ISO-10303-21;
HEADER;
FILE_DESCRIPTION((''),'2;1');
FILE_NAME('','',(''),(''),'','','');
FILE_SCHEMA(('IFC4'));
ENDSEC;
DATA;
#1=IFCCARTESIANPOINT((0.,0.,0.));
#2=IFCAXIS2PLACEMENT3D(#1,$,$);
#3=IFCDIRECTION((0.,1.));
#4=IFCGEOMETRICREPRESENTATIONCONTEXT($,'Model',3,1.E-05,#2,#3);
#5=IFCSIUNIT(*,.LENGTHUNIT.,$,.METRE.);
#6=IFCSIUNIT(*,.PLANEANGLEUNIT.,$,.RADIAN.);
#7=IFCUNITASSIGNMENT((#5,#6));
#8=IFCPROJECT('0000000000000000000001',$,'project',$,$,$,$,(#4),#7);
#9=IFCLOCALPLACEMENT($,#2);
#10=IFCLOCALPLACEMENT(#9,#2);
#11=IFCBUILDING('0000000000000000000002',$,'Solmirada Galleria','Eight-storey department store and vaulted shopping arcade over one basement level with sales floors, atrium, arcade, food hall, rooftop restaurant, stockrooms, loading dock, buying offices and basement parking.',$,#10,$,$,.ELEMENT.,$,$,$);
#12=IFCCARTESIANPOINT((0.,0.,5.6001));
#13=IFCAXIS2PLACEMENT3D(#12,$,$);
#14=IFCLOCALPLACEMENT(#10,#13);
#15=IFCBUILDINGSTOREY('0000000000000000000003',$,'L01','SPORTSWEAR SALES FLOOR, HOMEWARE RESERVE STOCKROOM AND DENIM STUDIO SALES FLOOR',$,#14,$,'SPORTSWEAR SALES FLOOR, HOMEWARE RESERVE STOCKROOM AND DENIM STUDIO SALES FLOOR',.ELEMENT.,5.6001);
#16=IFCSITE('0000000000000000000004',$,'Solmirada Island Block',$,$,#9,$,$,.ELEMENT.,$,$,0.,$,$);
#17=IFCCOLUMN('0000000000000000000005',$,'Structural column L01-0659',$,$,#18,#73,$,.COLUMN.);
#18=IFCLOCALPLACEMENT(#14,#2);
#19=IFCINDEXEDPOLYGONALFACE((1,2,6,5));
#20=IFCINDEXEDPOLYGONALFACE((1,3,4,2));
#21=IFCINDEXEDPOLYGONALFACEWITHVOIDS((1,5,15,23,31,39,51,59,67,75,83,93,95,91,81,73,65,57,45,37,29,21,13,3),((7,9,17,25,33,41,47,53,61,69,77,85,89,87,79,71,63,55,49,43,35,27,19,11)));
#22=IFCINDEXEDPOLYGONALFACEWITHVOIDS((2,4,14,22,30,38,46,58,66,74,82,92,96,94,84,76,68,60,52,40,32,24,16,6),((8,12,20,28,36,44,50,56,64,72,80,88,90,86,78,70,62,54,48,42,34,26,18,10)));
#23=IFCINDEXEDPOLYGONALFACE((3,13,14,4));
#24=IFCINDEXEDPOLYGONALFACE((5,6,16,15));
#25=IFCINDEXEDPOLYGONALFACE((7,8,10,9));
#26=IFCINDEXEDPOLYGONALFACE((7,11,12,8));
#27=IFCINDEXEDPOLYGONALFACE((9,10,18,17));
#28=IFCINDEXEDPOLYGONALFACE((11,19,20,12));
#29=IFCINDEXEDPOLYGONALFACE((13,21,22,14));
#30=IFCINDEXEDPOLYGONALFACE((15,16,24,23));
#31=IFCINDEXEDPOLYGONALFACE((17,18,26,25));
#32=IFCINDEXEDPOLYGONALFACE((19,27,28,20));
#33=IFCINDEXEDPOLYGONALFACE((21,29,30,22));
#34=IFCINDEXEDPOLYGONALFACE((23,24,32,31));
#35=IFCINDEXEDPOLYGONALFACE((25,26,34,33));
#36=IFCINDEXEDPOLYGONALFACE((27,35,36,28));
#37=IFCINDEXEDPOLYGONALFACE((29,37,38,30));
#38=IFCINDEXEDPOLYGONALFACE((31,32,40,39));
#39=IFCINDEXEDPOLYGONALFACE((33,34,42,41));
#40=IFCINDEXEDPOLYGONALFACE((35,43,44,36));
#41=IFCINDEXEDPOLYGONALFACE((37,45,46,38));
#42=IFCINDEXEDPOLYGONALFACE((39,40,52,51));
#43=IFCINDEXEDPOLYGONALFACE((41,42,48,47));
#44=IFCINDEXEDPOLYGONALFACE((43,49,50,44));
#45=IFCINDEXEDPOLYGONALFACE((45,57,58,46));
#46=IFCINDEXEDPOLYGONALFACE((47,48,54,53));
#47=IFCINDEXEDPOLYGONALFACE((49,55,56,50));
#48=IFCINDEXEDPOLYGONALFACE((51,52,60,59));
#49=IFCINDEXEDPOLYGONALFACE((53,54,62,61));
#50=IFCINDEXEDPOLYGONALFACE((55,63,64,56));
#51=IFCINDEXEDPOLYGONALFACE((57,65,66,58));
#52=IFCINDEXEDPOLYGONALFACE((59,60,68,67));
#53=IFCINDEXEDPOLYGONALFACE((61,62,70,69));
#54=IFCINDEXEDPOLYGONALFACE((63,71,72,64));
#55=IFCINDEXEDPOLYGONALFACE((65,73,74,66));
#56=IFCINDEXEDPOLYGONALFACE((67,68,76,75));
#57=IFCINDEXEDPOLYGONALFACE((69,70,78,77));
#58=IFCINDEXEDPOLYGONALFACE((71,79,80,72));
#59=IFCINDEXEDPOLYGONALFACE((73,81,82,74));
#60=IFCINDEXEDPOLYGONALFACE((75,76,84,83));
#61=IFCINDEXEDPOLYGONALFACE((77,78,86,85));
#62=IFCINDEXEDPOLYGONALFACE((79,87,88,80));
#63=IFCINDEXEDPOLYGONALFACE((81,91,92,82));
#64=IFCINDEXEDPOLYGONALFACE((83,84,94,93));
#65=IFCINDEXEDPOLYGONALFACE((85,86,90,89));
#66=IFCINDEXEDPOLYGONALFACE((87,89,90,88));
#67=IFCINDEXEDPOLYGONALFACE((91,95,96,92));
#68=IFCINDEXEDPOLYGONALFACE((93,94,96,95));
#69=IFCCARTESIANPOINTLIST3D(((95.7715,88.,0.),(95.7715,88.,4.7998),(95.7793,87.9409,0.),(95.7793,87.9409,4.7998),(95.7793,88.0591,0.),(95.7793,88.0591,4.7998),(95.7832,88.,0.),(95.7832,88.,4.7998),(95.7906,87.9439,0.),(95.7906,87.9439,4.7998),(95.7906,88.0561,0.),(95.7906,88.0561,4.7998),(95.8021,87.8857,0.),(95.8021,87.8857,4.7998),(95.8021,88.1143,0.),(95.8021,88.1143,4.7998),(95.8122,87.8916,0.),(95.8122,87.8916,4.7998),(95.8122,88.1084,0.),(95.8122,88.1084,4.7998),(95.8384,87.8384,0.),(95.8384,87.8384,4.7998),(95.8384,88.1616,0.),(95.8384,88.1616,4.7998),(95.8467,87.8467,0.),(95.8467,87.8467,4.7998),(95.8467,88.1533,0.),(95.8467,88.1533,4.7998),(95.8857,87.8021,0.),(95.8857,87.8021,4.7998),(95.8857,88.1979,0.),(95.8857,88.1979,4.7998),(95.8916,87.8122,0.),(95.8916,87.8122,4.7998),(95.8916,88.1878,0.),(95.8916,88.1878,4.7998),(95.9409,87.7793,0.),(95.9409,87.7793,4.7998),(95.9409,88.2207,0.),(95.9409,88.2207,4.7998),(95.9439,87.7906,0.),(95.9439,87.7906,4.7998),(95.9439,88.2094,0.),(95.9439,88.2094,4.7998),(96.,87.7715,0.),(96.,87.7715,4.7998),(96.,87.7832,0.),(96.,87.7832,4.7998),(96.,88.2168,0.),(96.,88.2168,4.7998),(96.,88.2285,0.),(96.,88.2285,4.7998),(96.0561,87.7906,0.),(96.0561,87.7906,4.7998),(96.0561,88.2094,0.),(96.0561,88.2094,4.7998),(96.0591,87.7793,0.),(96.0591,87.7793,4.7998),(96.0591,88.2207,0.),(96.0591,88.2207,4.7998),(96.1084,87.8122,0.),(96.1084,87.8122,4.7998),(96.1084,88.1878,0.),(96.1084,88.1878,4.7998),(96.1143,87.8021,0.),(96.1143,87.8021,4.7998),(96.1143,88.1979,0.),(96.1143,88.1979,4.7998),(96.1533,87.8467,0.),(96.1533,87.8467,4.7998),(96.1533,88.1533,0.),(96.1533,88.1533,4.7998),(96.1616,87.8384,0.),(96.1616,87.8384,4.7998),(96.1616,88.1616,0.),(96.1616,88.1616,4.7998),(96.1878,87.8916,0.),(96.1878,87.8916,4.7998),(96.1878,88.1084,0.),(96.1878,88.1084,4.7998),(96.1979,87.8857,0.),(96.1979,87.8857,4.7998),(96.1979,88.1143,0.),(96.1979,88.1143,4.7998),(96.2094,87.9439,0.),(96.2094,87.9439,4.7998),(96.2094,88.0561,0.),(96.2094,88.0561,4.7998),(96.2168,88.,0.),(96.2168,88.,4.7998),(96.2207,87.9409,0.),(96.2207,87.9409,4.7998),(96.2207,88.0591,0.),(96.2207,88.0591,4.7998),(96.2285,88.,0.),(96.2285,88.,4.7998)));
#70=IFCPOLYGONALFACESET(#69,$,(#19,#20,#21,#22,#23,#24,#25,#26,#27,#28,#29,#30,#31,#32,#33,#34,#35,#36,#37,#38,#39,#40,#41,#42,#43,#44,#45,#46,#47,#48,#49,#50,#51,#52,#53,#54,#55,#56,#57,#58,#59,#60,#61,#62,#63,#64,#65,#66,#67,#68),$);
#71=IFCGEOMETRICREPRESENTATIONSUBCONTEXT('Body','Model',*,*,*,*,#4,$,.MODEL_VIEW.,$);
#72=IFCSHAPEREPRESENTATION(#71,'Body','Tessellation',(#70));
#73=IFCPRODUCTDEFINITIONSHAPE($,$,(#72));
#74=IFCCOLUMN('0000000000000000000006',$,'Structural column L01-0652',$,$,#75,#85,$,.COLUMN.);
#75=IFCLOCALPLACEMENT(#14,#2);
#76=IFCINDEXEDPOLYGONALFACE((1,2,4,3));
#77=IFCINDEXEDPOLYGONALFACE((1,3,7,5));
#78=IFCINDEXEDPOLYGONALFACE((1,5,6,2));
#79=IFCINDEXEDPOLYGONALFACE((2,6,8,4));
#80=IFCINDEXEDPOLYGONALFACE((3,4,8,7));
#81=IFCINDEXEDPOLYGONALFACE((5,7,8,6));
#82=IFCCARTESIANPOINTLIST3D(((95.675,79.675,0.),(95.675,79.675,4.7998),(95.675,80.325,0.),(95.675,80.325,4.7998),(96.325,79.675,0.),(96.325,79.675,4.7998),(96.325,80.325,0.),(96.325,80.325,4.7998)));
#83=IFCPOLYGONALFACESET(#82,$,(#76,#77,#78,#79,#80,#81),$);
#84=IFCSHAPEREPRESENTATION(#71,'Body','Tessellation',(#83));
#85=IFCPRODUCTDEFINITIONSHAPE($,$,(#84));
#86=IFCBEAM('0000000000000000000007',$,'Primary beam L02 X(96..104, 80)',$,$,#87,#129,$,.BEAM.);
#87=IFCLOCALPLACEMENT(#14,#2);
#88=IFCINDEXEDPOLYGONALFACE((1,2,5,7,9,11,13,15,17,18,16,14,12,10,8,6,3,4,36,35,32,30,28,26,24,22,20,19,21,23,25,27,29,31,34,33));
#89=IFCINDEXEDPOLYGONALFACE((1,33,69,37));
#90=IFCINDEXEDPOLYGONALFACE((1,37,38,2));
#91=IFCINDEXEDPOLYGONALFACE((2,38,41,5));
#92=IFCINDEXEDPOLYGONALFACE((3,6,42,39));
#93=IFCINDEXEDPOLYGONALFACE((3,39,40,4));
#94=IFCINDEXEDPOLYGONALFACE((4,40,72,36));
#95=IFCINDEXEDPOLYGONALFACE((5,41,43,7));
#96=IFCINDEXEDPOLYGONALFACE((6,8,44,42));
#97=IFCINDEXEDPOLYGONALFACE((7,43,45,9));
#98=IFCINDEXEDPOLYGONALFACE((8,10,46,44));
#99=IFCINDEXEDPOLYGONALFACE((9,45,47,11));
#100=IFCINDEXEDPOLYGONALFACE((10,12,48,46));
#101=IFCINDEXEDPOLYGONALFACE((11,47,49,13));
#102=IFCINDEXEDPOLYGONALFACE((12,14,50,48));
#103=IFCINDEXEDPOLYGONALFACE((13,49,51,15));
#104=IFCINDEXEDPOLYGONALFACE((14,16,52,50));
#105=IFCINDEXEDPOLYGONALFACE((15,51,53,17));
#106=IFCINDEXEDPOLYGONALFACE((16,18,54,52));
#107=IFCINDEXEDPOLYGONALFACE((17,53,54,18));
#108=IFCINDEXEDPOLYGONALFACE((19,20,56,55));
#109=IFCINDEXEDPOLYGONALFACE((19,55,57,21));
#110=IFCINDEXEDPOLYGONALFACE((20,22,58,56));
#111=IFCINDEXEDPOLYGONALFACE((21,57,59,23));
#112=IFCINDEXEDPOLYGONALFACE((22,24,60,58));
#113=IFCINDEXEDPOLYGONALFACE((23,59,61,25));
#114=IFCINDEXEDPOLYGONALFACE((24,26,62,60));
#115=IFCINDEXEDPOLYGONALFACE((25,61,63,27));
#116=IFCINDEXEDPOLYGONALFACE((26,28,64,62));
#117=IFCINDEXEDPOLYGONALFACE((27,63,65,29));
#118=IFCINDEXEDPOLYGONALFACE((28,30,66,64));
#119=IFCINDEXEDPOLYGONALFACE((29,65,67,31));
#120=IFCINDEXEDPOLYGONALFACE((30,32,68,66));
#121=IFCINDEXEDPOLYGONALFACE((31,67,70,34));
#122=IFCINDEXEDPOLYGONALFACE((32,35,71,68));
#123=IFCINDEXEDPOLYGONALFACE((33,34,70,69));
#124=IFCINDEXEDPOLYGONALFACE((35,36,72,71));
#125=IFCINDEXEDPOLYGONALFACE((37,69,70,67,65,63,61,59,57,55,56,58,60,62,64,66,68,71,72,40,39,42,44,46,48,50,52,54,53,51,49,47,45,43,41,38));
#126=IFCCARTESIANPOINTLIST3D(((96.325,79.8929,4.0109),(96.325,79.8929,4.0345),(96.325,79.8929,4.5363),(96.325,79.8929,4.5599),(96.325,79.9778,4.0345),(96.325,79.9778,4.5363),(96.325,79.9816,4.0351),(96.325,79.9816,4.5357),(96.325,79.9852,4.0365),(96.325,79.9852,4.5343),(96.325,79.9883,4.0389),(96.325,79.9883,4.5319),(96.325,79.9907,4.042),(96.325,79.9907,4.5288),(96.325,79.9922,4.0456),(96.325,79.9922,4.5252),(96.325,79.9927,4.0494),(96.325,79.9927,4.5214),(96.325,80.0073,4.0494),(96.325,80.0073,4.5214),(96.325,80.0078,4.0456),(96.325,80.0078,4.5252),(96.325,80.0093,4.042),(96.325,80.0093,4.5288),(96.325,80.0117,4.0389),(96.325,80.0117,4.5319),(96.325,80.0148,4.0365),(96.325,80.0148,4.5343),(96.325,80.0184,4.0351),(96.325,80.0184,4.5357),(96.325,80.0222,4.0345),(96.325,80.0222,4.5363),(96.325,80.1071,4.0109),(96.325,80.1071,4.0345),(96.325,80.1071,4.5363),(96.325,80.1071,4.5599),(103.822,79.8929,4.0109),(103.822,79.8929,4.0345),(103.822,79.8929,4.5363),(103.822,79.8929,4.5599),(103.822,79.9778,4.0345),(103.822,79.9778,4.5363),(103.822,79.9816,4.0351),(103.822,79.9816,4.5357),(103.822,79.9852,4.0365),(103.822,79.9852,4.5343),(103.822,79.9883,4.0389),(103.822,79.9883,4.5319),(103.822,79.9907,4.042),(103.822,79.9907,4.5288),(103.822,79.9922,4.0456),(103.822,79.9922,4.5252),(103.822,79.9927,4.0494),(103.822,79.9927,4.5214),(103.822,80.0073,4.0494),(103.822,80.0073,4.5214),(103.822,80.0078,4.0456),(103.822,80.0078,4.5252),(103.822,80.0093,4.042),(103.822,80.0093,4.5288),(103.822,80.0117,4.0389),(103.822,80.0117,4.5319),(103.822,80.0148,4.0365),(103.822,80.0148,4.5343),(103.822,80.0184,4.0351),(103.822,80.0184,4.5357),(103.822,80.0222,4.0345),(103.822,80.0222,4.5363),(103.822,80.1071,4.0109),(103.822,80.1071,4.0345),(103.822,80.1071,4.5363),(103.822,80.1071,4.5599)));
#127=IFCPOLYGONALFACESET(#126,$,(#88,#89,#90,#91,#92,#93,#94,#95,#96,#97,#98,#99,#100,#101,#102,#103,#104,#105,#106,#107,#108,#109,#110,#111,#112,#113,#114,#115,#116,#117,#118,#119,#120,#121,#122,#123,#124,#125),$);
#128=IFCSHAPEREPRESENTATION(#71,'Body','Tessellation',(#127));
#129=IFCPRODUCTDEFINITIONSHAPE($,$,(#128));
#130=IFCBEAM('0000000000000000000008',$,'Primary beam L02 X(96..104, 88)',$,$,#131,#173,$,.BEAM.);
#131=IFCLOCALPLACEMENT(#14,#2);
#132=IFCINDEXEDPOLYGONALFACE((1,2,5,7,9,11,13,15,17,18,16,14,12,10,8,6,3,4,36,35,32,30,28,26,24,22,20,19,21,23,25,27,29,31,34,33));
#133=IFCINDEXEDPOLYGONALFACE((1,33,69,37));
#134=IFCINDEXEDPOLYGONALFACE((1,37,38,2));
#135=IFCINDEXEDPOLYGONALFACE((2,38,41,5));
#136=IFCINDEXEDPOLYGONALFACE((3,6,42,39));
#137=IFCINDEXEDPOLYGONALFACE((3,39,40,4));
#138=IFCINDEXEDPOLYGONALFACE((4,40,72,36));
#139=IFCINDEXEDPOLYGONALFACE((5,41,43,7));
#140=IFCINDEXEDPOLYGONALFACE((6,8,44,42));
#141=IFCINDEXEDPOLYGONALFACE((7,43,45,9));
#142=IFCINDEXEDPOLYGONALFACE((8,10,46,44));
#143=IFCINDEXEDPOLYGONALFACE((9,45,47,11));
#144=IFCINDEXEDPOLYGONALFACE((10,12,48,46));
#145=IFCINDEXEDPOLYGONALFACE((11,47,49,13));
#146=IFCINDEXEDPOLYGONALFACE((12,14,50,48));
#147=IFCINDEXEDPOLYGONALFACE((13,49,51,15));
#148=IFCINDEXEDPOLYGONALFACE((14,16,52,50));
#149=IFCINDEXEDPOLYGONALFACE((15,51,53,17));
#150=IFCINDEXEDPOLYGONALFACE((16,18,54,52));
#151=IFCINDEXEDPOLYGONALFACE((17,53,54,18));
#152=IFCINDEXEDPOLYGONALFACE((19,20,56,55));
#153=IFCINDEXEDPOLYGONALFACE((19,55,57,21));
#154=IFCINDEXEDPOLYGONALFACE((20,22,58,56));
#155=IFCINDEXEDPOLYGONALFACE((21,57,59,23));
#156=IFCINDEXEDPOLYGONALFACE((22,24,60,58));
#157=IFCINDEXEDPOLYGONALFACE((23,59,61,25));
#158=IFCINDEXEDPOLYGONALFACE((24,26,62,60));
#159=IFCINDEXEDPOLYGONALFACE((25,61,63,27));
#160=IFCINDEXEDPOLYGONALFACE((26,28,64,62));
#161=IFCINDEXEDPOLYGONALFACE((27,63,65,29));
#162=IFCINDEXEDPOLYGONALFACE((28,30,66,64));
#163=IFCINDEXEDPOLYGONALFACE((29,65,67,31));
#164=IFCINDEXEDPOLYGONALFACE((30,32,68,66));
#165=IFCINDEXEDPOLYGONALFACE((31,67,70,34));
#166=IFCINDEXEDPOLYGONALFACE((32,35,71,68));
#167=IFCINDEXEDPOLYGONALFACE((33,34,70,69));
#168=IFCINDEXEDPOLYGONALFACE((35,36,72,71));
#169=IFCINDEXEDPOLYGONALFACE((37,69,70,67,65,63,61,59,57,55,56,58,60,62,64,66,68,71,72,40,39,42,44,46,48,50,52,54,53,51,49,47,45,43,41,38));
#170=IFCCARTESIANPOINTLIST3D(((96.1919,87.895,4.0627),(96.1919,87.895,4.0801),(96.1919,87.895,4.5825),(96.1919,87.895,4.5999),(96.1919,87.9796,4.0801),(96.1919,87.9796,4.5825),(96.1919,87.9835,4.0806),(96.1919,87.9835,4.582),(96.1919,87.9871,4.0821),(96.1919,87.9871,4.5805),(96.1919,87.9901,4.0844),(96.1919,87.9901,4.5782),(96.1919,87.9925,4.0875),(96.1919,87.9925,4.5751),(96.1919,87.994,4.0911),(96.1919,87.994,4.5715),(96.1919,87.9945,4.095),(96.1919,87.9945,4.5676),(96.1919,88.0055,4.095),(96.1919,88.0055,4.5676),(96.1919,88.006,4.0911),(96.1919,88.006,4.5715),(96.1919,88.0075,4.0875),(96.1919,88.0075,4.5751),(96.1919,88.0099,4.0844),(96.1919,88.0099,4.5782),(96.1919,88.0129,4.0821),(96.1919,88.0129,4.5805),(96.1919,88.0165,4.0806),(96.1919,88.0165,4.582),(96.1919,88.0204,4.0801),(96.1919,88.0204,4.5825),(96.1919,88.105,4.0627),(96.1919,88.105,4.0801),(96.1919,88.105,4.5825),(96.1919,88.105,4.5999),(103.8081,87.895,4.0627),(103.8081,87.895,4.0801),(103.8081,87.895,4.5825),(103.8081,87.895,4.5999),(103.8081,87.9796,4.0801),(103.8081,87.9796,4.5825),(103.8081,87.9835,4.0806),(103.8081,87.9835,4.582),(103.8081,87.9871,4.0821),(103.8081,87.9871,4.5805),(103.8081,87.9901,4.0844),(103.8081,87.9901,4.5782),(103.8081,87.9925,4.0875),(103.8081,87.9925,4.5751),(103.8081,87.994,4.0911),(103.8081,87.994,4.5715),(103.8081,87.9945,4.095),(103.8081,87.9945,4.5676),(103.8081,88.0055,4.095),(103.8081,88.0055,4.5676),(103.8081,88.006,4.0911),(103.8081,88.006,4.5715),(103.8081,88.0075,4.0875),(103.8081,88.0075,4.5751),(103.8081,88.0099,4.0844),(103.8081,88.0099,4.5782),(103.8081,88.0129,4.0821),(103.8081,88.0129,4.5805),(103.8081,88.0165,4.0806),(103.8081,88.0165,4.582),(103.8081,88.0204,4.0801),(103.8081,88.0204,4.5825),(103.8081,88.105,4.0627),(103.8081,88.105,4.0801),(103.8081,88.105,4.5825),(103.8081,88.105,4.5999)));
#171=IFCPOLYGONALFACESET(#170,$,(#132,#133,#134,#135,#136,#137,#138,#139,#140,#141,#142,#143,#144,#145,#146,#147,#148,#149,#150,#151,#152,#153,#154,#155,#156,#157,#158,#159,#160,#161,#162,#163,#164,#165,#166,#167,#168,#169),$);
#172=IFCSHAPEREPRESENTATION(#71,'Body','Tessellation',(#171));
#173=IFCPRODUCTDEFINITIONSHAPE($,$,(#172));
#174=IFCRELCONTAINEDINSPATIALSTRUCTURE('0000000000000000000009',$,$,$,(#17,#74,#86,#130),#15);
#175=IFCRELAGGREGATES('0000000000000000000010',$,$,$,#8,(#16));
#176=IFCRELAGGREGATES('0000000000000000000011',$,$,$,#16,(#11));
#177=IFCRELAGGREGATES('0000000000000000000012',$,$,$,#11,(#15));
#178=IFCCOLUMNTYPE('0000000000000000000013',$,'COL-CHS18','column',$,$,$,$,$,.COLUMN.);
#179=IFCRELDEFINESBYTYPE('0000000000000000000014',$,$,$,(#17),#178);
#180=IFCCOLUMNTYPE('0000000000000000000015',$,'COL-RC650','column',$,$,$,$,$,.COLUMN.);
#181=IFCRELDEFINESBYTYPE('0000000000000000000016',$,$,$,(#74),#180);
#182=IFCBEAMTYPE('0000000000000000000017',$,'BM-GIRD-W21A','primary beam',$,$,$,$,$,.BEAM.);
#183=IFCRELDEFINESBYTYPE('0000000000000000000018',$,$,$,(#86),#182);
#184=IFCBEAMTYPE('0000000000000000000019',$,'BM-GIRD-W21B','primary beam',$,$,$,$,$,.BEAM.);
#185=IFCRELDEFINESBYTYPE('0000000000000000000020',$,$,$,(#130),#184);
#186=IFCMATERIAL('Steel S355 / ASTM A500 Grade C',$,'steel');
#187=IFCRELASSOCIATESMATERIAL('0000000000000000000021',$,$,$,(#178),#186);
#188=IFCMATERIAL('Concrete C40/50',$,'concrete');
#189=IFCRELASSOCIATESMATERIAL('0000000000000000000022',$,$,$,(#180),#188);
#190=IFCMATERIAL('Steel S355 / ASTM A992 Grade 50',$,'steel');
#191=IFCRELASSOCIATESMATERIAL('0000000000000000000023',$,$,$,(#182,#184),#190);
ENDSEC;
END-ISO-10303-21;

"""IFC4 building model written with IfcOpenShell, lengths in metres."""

from ifc_helpers import new_model, si_unit, direction, frame, origin, origin_2d, place, context, subcontext, project, spatial, rectangle, hollow_circle, i_section, extrude, material, material_profile, profile_set, type_object, element, save


model = new_model("IFC4")

# Units and contexts
model_context = context("Model", 3, precision=1e-05, world=origin(), true_north=direction((0.0, 1.0)))
body_context = subcontext(model_context, "Body", "Model", "MODEL_VIEW")
ifc_project = project(units=[si_unit("LENGTHUNIT", "METRE"), si_unit("PLANEANGLEUNIT", "RADIAN")], contexts=[model_context])

# Site, building, storey
site_placement = place(None, origin())
site = spatial("IfcSite", under=ifc_project, at=site_placement, Name="Solmirada Island Block", CompositionType="ELEMENT", RefElevation=0.0)
building_placement = place(site_placement, origin())
building = spatial("IfcBuilding", under=site, at=building_placement, Name="Solmirada Galleria", Description="Eight-storey department store and vaulted shopping arcade over one basement level with sales floors, atrium, arcade, food hall, rooftop restaurant, stockrooms, loading dock, buying offices and basement parking.", CompositionType="ELEMENT")
storey_placement = place(building_placement, frame((0.0, 0.0, 5.6001)))
storey = spatial("IfcBuildingStorey", under=building, at=storey_placement, Name="L01", Description="SPORTSWEAR SALES FLOOR, HOMEWARE RESERVE STOCKROOM AND DENIM STUDIO SALES FLOOR", LongName="SPORTSWEAR SALES FLOOR, HOMEWARE RESERVE STOCKROOM AND DENIM STUDIO SALES FLOOR", CompositionType="ELEMENT", Elevation=5.6001)

# Columns
ifc_material_1 = material(Name="Steel S355 / ASTM A500 Grade C", Category="steel")
ifc_material_profile_1 = material_profile(ifc_material_1, hollow_circle(Radius=0.2285, WallThickness=0.0117, at=origin_2d()), Name="HSS18.000X0.500")
ifc_profile_set_1 = profile_set([ifc_material_profile_1], Name="Steel S355 / ASTM A500 Grade C")
column_type_1 = type_object("IfcColumnType", Name="COL-CHS18", Description="column", PredefinedType="COLUMN", material=ifc_profile_set_1)
column_1_placement = place(storey_placement, frame((96.0, 88.0, 0.0), z_axis=(0.0, 0.0, 1.0), x_axis=(1.0, 0.0, 0.0)))
element("IfcColumn", 1, at=column_1_placement, inside=storey, type_object=column_type_1, Name="Structural column L01-0659", PredefinedType="COLUMN", context=body_context, shape_type="SweptSolid", body=[
    extrude(hollow_circle(Radius=0.2285, WallThickness=0.0117, at=origin_2d()), origin(), (0.0, 0.0, 1.0), 4.7998),
])
ifc_material_2 = material(Name="Concrete C40/50", Category="concrete")
ifc_material_profile_2 = material_profile(ifc_material_2, rectangle(XDim=0.6499, YDim=0.6499, at=origin_2d()), Name="RC650X650")
ifc_profile_set_2 = profile_set([ifc_material_profile_2], Name="Concrete C40/50")
column_type_2 = type_object("IfcColumnType", Name="COL-RC650", Description="column", PredefinedType="COLUMN", material=ifc_profile_set_2)
column_2_placement = place(storey_placement, frame((96.0, 80.0, 0.0), z_axis=(0.0, 0.0, 1.0), x_axis=(1.0, 0.0, 0.0)))
element("IfcColumn", 2, at=column_2_placement, inside=storey, type_object=column_type_2, Name="Structural column L01-0652", PredefinedType="COLUMN", context=body_context, shape_type="SweptSolid", body=[
    extrude(rectangle(XDim=0.6499, YDim=0.6499, at=origin_2d()), origin(), (0.0, 0.0, 1.0), 4.7998),
])

# Beams
ifc_material_3 = material(Name="Steel S355 / ASTM A992 Grade 50", Category="steel")
ifc_material_profile_3 = material_profile(ifc_material_3, i_section(OverallWidth=0.2141, OverallDepth=0.5491, WebThickness=0.0146, FlangeThickness=0.0237, FilletRadius=0.0149, at=origin_2d()), Name="W21X93")
ifc_profile_set_3 = profile_set([ifc_material_profile_3], Name="Steel S355 / ASTM A992 Grade 50")
beam_type_1 = type_object("IfcBeamType", Name="BM-GIRD-W21A", Description="primary beam", PredefinedType="BEAM", material=ifc_profile_set_3)
beam_1_placement = place(storey_placement, frame((96.325, 80.0, 4.2854), z_axis=(1.0, 0.0, 0.0), x_axis=(0.0, 1.0, 0.0)))
element("IfcBeam", 3, at=beam_1_placement, inside=storey, type_object=beam_type_1, Name="Primary beam L02 X(96..104, 80)", PredefinedType="BEAM", context=body_context, shape_type="SweptSolid", body=[
    extrude(i_section(OverallWidth=0.2141, OverallDepth=0.5491, WebThickness=0.0146, FlangeThickness=0.0237, FilletRadius=0.0149, at=origin_2d()), origin(), (0.0, 0.0, 1.0), 7.4971),
])
ifc_material_profile_4 = material_profile(ifc_material_3, i_section(OverallWidth=0.21, OverallDepth=0.5371, WebThickness=0.011, FlangeThickness=0.0173, FilletRadius=0.0149, at=origin_2d()), Name="W21X68")
ifc_profile_set_4 = profile_set([ifc_material_profile_4], Name="Steel S355 / ASTM A992 Grade 50")
beam_type_2 = type_object("IfcBeamType", Name="BM-GIRD-W21B", Description="primary beam", PredefinedType="BEAM", material=ifc_profile_set_4)
beam_2_placement = place(storey_placement, frame((96.1919, 88.0, 4.3313), z_axis=(1.0, 0.0, 0.0), x_axis=(0.0, 1.0, 0.0)))
element("IfcBeam", 4, at=beam_2_placement, inside=storey, type_object=beam_type_2, Name="Primary beam L02 X(96..104, 88)", PredefinedType="BEAM", context=body_context, shape_type="SweptSolid", body=[
    extrude(i_section(OverallWidth=0.21, OverallDepth=0.5371, WebThickness=0.011, FlangeThickness=0.0173, FilletRadius=0.0149, at=origin_2d()), origin(), (0.0, 0.0, 1.0), 7.6162),
])

save(model, "model.ifc")
